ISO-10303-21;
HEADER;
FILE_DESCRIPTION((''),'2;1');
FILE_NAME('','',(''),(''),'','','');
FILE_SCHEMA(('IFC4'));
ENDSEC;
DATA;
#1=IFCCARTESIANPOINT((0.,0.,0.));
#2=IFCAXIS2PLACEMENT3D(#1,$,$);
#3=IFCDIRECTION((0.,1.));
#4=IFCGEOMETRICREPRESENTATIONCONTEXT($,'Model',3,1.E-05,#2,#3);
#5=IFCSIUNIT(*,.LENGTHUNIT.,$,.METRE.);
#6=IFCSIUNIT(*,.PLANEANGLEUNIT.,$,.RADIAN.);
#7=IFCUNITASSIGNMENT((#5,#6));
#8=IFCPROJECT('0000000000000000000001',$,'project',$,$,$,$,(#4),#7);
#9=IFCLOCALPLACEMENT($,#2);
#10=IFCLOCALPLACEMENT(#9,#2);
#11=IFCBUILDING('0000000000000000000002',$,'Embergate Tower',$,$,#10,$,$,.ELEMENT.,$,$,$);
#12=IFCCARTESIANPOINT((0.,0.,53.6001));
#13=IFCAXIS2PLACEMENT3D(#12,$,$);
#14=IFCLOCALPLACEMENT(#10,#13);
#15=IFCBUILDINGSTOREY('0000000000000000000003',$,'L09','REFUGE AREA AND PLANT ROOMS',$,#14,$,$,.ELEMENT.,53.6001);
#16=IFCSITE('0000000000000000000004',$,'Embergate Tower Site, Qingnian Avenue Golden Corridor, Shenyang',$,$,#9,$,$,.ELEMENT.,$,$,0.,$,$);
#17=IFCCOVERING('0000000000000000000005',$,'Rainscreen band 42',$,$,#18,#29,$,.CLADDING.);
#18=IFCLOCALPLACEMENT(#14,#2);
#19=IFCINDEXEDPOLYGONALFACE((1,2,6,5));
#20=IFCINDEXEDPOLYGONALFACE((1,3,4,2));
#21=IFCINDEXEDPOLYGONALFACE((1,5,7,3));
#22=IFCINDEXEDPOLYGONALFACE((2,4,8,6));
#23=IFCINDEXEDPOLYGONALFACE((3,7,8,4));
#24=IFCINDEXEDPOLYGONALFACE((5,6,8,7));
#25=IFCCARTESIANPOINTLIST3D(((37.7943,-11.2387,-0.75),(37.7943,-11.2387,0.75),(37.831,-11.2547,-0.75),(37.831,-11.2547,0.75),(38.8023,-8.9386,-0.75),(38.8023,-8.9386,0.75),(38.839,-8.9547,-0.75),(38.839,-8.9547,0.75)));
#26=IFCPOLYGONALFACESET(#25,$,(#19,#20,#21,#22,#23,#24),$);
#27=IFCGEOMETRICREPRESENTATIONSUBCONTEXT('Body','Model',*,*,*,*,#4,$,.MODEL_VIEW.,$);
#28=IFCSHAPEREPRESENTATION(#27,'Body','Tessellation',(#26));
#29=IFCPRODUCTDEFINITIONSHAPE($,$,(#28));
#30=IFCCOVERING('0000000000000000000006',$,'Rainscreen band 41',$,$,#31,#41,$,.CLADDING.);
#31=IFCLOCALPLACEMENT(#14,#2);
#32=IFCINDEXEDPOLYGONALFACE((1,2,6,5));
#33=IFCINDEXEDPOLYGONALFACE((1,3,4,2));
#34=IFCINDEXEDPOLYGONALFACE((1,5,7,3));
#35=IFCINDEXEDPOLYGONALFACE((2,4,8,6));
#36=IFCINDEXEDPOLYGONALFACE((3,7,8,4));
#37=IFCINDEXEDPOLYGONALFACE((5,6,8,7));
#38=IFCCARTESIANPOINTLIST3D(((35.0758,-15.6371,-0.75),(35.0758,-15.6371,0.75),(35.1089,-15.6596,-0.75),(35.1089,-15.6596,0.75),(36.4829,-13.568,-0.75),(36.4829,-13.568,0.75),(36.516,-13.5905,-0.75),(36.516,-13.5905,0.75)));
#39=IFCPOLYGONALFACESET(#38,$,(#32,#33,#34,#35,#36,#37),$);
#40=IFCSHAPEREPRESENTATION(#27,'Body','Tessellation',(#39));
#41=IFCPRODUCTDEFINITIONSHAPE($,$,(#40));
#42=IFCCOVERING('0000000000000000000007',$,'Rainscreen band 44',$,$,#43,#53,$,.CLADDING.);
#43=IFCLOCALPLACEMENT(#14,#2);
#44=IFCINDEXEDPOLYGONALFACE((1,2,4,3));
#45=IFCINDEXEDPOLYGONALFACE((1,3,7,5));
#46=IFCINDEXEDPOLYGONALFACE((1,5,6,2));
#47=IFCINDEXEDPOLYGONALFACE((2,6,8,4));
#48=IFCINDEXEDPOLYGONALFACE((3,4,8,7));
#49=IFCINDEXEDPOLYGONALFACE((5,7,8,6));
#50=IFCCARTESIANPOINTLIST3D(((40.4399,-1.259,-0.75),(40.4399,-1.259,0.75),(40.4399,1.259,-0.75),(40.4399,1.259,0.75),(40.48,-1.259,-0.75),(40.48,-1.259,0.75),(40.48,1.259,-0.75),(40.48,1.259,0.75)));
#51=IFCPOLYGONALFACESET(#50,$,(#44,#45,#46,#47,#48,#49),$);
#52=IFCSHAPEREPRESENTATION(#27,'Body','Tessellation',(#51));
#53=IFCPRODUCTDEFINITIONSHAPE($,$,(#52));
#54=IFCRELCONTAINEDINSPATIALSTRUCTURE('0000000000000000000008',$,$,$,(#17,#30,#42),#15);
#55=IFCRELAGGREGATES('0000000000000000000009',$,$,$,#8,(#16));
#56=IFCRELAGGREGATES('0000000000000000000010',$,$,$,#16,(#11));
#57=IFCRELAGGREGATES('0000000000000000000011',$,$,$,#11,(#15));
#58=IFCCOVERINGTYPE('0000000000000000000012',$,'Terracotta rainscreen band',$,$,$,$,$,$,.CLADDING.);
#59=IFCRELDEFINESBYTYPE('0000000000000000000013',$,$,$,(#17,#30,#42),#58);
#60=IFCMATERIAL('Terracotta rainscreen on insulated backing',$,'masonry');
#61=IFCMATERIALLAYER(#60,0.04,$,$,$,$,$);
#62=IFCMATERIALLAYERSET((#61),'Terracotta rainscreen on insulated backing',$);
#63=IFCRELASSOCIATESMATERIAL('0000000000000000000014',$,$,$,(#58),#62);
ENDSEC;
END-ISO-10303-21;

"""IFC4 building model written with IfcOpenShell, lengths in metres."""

from ifc_helpers import new_model, si_unit, direction, frame, origin, origin_2d, place, context, subcontext, project, spatial, rectangle, extrude, source, transform, mapped, material, layer, layer_set, type_object, element, save


model = new_model("IFC4")

# Units and contexts
model_context = context("Model", 3, precision=1e-05, world=origin(), true_north=direction((0.0, 1.0)))
body_context = subcontext(model_context, "Body", "Model", "MODEL_VIEW")
ifc_project = project(units=[si_unit("LENGTHUNIT", "METRE"), si_unit("PLANEANGLEUNIT", "RADIAN")], contexts=[model_context])

# Site, building, storey
site_placement = place(None, origin())
site = spatial("IfcSite", under=ifc_project, at=site_placement, Name="Embergate Tower Site, Qingnian Avenue Golden Corridor, Shenyang", CompositionType="ELEMENT", RefElevation=0.0)
building_placement = place(site_placement, origin())
building = spatial("IfcBuilding", under=site, at=building_placement, Name="Embergate Tower", CompositionType="ELEMENT")
storey_placement = place(building_placement, frame((0.0, 0.0, 53.6001)))
storey = spatial("IfcBuildingStorey", under=building, at=storey_placement, Name="L09", Description="REFUGE AREA AND PLANT ROOMS", CompositionType="ELEMENT", Elevation=53.6001)

# Coverings
ifc_material_1 = material(Name="Terracotta rainscreen on insulated backing", Category="masonry")
ifc_layer_1 = layer(ifc_material_1, 0.04)
ifc_layer_set_1 = layer_set([ifc_layer_1], Name="Terracotta rainscreen on insulated backing")
covering_type = type_object("IfcCoveringType", Name="Terracotta rainscreen band", PredefinedType="CLADDING", material=ifc_layer_set_1)
shared_shape_1 = source(origin(), body_context, "Body", "SweptSolid", [
    extrude(rectangle(XDim=2.5112, YDim=0.04, at=origin_2d()), origin(), (0.0, 0.0, 1.0), 1.5),
])
covering_1_placement = place(storey_placement, frame((38.3167, -10.0967, -0.75), z_axis=(0.0, 0.0, 1.0), x_axis=(0.401404, 0.915901, 0.0)))
element("IfcCovering", 1, at=covering_1_placement, inside=storey, type_object=covering_type, Name="Rainscreen band 42", PredefinedType="CLADDING", context=body_context, shape_type="MappedRepresentation", body=[
    mapped(shared_shape_1, transform((0.0, 0.0, 0.0))),
])
shared_shape_2 = source(origin(), body_context, "Body", "SweptSolid", [
    extrude(rectangle(XDim=2.5022, YDim=0.04, at=origin_2d()), origin(), (0.0, 0.0, 1.0), 1.5),
])
covering_2_placement = place(storey_placement, frame((35.7959, -14.6138, -0.75), z_axis=(0.0, 0.0, 1.0), x_axis=(0.562332, 0.826912, 0.0)))
element("IfcCovering", 2, at=covering_2_placement, inside=storey, type_object=covering_type, Name="Rainscreen band 41", PredefinedType="CLADDING", context=body_context, shape_type="MappedRepresentation", body=[
    mapped(shared_shape_2, transform((0.0, 0.0, 0.0))),
])
shared_shape_3 = source(origin(), body_context, "Body", "SweptSolid", [
    extrude(rectangle(XDim=2.5181, YDim=0.04, at=origin_2d()), origin(), (0.0, 0.0, 1.0), 1.5),
])
covering_3_placement = place(storey_placement, frame((40.46, 0.0, -0.75), z_axis=(0.0, 0.0, 1.0), x_axis=(0.0, 1.0, 0.0)))
element("IfcCovering", 3, at=covering_3_placement, inside=storey, type_object=covering_type, Name="Rainscreen band 44", PredefinedType="CLADDING", context=body_context, shape_type="MappedRepresentation", body=[
    mapped(shared_shape_3, transform((0.0, 0.0, 0.0))),
])

save(model, "model.ifc")
